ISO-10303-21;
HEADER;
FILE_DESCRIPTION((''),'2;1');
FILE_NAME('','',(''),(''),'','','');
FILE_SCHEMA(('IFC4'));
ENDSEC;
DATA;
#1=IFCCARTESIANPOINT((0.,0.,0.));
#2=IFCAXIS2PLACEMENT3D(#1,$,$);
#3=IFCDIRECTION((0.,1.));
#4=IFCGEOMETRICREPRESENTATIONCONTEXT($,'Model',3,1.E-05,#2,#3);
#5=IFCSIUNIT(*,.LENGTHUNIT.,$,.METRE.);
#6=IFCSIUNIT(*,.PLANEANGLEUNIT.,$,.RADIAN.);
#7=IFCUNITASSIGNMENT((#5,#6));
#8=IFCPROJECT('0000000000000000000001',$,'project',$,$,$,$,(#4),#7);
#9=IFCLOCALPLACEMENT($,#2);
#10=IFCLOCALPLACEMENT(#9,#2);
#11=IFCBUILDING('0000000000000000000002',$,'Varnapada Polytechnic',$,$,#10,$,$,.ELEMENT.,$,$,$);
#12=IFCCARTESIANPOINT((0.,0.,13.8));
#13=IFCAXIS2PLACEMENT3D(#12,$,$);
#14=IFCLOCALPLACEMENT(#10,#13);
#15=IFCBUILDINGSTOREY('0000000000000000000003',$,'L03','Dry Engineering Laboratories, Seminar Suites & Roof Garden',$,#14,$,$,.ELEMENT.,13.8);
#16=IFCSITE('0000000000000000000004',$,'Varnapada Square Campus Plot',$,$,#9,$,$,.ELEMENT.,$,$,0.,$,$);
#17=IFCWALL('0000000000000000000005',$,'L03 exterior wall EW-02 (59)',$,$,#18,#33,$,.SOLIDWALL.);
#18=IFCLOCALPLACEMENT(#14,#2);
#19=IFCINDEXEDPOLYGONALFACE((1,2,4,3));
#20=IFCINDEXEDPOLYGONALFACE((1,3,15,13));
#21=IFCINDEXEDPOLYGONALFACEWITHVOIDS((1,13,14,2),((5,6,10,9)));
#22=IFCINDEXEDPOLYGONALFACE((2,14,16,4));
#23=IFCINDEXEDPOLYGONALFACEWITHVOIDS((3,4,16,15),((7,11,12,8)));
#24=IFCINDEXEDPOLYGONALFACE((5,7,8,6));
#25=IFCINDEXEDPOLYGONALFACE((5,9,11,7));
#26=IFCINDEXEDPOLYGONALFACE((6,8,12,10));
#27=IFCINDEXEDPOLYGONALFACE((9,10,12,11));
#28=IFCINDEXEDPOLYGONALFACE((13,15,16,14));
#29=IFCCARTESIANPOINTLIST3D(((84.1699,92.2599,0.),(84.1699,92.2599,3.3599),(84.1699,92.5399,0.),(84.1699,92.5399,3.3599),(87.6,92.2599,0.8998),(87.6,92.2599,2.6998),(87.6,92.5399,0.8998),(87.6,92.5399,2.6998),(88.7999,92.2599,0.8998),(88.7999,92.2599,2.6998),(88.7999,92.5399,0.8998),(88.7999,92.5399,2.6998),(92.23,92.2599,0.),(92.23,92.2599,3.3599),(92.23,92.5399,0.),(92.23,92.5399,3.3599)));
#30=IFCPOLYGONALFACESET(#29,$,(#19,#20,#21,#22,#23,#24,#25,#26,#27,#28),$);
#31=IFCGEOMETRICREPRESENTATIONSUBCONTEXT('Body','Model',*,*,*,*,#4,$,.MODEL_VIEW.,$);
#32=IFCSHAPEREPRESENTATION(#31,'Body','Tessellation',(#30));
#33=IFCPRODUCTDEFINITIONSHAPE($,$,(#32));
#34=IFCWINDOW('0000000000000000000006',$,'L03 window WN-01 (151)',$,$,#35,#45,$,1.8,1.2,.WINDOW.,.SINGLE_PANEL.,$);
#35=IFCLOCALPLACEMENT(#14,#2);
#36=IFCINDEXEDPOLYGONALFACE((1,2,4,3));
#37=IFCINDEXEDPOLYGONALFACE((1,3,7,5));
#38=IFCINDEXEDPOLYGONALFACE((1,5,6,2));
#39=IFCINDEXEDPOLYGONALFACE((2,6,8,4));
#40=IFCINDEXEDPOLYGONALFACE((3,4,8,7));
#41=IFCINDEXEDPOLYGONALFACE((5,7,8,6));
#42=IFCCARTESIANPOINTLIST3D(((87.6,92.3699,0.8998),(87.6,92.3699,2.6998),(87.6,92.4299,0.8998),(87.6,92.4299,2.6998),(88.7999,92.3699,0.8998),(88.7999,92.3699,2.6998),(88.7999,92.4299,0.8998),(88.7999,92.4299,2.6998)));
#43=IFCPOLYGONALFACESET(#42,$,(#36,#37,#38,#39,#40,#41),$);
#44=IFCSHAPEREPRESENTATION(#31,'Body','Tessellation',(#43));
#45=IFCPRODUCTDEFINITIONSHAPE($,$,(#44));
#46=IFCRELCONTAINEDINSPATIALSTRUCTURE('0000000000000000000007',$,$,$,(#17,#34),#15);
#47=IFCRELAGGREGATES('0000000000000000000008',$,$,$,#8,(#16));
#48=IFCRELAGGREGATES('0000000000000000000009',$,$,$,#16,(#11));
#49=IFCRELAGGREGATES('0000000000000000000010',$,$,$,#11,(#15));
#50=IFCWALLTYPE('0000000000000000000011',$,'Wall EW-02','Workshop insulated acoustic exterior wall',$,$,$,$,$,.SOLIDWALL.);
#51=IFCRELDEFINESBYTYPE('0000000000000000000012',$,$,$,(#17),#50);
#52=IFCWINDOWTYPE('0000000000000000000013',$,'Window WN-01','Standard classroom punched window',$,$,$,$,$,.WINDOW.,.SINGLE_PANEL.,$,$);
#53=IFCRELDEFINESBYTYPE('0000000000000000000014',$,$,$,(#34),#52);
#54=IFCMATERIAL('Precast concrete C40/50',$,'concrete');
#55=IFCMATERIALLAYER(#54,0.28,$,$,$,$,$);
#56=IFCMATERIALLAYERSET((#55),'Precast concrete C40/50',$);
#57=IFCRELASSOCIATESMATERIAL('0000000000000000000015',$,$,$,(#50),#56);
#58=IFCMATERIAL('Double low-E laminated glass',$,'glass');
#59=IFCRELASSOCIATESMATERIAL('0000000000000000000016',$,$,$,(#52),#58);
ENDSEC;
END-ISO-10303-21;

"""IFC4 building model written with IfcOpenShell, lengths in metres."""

from ifc_helpers import new_model, si_unit, direction, frame, frame_2d, origin, place, context, subcontext, project, spatial, rectangle, extrude, material, layer, layer_set, type_object, element, fill, save


model = new_model("IFC4")

# Units and contexts
model_context = context("Model", 3, precision=1e-05, world=origin(), true_north=direction((0.0, 1.0)))
body_context = subcontext(model_context, "Body", "Model", "MODEL_VIEW")
ifc_project = project(units=[si_unit("LENGTHUNIT", "METRE"), si_unit("PLANEANGLEUNIT", "RADIAN")], contexts=[model_context])

# Site, building, storey
site_placement = place(None, origin())
site = spatial("IfcSite", under=ifc_project, at=site_placement, Name="Varnapada Square Campus Plot", CompositionType="ELEMENT", RefElevation=0.0)
building_placement = place(site_placement, origin())
building = spatial("IfcBuilding", under=site, at=building_placement, Name="Varnapada Polytechnic", CompositionType="ELEMENT")
storey_placement = place(building_placement, frame((0.0, 0.0, 13.8)))
storey = spatial("IfcBuildingStorey", under=building, at=storey_placement, Name="L03", Description="Dry Engineering Laboratories, Seminar Suites & Roof Garden", CompositionType="ELEMENT", Elevation=13.8)

# Shared definitions
ifc_material_1 = material(Name="Double low-E laminated glass", Category="glass")

# Wall, opening, window
ifc_material_2 = material(Name="Precast concrete C40/50", Category="concrete")
ifc_layer_1 = layer(ifc_material_2, 0.28)
ifc_layer_set_1 = layer_set([ifc_layer_1], Name="Precast concrete C40/50")
wall_type = type_object("IfcWallType", Name="Wall EW-02", Description="Workshop insulated acoustic exterior wall", PredefinedType="SOLIDWALL", material=ifc_layer_set_1)
wall_placement = place(storey_placement, frame((84.1699, 92.3999, 0.0), z_axis=(0.0, 0.0, 1.0), x_axis=(1.0, 0.0, 0.0)))
wall = element("IfcWall", 1, at=wall_placement, inside=storey, type_object=wall_type, Name="L03 exterior wall EW-02 (59)", PredefinedType="SOLIDWALL", context=body_context, shape_type="SweptSolid", body=[
    extrude(rectangle(XDim=8.0601, YDim=0.28, at=frame_2d((4.03, 0.0))), origin(), (0.0, 0.0, 1.0), 3.3599),
])
opening_placement = place(wall_placement, frame((3.4299, 0.0, 0.8999)))
opening = element("IfcOpeningElement", 2, at=opening_placement, cuts=wall, PredefinedType="OPENING", context=body_context, shape_type="SweptSolid", body=[
    extrude(rectangle(XDim=1.2, YDim=1.8, at=frame_2d((0.6001, 0.8999))), frame((0.0, 0.1499, 0.0), z_axis=(0.0, -1.0, 0.0), x_axis=(1.0, 0.0, 0.0)), (0.0, 0.0, 1.0), 0.3),
])
window_type = type_object("IfcWindowType", Name="Window WN-01", Description="Standard classroom punched window", PartitioningType="SINGLE_PANEL", PredefinedType="WINDOW", material=ifc_material_1)
window_placement = place(opening_placement, origin())
window = element("IfcWindow", 3, at=window_placement, inside=storey, type_object=window_type, Name="L03 window WN-01 (151)", OverallHeight=1.8, OverallWidth=1.2, PartitioningType="SINGLE_PANEL", PredefinedType="WINDOW", context=body_context, shape_type="SweptSolid", body=[
    extrude(rectangle(XDim=1.2, YDim=1.8, at=frame_2d((0.6001, 0.8999))), frame((0.0, 0.03, 0.0), z_axis=(0.0, -1.0, 0.0), x_axis=(1.0, 0.0, 0.0)), (0.0, 0.0, 1.0), 0.0601),
])
fill(opening, window)

save(model, "model.ifc")
